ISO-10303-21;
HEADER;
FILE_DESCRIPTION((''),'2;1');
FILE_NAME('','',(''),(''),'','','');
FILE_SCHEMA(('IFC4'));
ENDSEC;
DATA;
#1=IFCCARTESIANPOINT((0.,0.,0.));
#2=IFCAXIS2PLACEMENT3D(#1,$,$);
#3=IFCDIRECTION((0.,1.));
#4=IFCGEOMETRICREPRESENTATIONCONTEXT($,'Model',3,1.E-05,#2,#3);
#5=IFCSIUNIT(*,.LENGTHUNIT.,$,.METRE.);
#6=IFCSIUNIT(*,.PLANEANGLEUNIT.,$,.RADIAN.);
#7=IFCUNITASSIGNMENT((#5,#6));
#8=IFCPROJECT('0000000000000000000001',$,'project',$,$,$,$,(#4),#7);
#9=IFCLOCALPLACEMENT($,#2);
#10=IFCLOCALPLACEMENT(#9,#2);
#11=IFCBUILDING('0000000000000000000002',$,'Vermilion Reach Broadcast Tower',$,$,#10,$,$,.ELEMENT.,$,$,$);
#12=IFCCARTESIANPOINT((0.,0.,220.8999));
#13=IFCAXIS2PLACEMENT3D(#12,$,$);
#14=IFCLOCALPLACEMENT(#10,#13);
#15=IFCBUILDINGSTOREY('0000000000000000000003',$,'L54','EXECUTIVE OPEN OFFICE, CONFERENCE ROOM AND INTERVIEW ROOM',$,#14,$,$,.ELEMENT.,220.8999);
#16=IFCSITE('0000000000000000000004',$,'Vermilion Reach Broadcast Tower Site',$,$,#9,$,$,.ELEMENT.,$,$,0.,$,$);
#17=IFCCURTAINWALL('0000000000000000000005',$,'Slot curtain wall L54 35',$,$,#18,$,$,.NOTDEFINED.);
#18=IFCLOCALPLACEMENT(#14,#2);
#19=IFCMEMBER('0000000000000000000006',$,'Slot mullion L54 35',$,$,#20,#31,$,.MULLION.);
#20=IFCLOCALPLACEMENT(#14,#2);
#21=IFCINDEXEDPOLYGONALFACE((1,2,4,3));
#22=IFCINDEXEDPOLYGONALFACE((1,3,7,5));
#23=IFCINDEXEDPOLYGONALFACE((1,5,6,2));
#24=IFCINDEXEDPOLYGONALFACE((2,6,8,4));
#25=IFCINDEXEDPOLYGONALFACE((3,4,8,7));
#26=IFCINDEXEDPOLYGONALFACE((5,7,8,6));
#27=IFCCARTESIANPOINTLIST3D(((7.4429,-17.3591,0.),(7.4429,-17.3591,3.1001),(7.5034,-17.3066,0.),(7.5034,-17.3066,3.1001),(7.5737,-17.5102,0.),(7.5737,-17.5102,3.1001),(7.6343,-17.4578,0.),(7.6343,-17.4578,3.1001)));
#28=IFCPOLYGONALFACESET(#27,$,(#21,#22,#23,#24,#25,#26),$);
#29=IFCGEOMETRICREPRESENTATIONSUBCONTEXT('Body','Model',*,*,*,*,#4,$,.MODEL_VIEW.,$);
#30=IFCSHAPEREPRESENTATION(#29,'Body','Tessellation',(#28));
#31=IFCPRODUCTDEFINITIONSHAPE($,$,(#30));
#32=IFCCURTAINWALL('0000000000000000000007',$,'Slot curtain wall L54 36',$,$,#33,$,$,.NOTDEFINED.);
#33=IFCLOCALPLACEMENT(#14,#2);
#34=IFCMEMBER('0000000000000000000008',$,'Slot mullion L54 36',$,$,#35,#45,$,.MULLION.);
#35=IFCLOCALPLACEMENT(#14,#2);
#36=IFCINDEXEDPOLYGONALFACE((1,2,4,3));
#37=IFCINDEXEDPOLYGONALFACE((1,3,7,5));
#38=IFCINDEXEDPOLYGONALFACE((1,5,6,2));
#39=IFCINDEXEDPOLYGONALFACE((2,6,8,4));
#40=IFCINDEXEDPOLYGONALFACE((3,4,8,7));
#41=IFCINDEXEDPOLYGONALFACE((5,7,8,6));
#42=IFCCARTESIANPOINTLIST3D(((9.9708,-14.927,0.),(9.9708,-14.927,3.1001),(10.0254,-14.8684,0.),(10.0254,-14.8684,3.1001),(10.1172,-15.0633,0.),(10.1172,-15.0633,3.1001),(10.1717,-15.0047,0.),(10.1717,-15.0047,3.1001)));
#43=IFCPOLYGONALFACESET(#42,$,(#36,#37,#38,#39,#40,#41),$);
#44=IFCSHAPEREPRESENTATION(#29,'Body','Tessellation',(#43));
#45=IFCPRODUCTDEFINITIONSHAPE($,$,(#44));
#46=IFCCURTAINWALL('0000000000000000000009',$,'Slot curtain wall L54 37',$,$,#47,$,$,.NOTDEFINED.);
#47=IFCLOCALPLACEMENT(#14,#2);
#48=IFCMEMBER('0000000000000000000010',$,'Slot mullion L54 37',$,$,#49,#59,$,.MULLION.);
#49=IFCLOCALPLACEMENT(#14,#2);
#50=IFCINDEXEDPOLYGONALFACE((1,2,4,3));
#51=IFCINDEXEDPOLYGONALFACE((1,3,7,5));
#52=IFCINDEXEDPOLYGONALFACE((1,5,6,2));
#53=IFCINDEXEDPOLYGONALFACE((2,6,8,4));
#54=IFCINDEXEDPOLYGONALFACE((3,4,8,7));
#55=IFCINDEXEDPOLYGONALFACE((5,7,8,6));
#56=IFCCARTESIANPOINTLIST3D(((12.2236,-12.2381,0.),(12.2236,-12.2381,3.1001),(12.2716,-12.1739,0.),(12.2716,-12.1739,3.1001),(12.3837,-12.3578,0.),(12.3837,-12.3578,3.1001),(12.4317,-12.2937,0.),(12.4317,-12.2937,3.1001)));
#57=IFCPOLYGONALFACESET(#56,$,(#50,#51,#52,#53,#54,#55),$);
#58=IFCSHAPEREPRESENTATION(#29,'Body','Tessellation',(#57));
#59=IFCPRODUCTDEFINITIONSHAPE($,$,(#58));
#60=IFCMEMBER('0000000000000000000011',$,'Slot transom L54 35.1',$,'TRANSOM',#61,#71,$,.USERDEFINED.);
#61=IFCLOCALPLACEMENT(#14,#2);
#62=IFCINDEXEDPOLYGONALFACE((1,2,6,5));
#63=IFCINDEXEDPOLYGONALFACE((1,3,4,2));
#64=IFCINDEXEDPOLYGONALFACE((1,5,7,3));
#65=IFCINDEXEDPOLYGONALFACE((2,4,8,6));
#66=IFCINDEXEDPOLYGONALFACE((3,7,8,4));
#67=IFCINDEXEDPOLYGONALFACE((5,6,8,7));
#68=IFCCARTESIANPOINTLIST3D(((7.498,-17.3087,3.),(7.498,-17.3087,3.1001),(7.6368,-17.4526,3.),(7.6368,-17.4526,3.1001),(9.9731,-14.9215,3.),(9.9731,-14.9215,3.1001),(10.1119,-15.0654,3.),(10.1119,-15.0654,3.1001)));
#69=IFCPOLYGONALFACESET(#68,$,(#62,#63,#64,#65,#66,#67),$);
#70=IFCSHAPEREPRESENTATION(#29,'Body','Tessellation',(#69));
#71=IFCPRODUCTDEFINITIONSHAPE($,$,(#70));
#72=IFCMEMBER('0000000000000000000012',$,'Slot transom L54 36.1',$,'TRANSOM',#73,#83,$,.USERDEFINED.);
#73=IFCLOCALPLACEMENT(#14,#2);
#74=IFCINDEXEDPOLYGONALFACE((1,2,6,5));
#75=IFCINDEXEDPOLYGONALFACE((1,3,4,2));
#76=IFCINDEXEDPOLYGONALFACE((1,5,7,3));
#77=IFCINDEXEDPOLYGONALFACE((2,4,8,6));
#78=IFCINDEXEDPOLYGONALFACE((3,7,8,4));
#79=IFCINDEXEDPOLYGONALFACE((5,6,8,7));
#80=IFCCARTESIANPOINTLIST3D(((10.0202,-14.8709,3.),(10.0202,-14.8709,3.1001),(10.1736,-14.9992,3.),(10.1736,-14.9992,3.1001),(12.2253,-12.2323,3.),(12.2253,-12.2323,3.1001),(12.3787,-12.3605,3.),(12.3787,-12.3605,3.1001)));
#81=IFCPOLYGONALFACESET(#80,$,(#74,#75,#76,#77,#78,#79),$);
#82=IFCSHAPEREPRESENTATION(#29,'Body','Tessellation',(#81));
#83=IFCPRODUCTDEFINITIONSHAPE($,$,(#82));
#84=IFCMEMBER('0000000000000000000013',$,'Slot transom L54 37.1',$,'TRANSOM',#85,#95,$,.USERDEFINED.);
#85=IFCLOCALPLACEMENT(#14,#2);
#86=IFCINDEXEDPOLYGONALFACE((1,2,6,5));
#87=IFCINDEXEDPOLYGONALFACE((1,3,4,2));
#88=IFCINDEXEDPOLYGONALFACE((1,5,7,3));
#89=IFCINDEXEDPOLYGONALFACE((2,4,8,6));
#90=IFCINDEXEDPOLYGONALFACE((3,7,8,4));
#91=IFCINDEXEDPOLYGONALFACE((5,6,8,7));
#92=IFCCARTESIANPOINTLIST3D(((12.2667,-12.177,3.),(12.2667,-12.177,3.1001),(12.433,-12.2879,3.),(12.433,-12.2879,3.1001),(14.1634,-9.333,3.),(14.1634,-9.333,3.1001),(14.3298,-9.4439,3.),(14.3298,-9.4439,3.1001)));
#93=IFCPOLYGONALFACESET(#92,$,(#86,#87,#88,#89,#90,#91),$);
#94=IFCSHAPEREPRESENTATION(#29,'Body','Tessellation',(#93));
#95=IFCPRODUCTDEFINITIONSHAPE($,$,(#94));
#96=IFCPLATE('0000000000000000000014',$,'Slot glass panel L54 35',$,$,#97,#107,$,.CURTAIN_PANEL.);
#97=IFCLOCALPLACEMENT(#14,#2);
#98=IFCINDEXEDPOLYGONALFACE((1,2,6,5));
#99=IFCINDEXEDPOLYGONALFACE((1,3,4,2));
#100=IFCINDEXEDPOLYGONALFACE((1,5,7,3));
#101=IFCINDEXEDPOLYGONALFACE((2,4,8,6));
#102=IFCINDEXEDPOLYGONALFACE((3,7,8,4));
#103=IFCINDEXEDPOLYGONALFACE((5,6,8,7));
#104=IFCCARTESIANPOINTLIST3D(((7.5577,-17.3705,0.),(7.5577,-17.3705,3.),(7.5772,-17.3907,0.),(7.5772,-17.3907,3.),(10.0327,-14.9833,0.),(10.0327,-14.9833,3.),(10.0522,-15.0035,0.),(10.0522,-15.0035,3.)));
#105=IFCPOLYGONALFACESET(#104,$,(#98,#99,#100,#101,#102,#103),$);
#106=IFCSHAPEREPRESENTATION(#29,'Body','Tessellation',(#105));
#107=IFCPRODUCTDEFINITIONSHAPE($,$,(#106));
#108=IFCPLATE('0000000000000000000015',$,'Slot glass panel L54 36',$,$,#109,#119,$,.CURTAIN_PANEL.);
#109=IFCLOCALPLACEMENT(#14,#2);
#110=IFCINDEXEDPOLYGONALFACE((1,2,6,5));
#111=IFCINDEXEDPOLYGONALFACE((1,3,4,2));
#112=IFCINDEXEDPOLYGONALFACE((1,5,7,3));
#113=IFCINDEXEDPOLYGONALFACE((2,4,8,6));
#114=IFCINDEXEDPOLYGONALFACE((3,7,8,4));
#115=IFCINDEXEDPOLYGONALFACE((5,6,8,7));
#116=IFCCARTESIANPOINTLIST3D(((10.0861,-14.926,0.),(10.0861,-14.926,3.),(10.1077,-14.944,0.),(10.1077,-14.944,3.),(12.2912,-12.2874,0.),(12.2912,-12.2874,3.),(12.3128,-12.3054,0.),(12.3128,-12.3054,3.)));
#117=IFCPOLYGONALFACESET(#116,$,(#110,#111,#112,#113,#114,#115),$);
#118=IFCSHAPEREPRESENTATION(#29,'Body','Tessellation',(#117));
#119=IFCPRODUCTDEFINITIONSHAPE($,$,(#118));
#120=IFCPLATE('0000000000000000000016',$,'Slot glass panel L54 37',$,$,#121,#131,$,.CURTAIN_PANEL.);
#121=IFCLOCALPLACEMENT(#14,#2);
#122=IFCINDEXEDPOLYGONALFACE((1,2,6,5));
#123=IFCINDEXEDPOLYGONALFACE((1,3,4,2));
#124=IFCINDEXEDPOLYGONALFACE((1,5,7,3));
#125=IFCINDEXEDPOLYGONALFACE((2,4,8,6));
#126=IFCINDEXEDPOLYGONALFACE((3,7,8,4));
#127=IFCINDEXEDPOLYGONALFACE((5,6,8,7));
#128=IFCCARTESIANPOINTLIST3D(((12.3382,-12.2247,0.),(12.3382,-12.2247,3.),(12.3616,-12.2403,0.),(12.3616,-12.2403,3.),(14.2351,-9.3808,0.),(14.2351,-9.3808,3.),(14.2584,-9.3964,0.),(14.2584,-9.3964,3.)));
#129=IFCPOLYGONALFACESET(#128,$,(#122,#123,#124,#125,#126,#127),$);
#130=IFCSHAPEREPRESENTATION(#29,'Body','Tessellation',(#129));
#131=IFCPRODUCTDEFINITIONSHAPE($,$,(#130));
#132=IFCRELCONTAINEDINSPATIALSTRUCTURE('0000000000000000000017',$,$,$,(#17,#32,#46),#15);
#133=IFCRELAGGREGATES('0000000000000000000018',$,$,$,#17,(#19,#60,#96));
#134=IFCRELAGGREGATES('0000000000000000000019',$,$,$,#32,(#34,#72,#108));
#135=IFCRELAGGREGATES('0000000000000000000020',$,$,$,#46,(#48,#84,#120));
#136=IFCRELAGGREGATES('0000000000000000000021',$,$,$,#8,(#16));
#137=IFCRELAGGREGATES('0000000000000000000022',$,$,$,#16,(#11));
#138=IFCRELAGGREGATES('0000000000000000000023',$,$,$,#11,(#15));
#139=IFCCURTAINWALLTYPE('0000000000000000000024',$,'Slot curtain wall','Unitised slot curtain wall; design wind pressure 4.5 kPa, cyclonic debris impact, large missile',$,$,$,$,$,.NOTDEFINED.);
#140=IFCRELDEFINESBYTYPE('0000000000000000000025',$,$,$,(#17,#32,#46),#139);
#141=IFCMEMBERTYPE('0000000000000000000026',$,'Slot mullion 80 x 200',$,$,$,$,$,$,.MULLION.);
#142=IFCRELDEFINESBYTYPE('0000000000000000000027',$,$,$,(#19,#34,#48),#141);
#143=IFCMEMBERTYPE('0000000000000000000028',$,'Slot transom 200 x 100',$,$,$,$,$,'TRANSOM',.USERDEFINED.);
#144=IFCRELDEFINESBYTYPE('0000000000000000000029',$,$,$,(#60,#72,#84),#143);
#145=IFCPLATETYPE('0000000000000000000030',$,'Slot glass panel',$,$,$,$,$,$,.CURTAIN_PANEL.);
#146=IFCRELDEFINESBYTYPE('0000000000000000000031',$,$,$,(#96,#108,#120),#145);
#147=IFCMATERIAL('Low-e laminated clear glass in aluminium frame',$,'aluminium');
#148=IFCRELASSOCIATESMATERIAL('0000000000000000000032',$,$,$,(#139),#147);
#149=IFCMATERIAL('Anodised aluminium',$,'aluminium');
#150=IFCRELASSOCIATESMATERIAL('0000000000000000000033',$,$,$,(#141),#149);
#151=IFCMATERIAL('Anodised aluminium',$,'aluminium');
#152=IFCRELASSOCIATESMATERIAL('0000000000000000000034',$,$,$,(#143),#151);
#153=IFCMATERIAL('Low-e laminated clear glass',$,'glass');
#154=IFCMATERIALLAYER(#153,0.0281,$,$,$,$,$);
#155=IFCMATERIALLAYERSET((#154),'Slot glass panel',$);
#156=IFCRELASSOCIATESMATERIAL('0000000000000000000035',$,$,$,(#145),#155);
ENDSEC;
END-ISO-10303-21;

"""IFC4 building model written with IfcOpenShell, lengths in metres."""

from ifc_helpers import new_model, si_unit, direction, frame, origin, origin_2d, place, context, subcontext, project, spatial, rectangle, extrude, material, layer, layer_set, material_profile, profile_set, type_object, element, aggregate, save


model = new_model("IFC4")

# Units and contexts
model_context = context("Model", 3, precision=1e-05, world=origin(), true_north=direction((0.0, 1.0)))
body_context = subcontext(model_context, "Body", "Model", "MODEL_VIEW")
ifc_project = project(units=[si_unit("LENGTHUNIT", "METRE"), si_unit("PLANEANGLEUNIT", "RADIAN")], contexts=[model_context])

# Site, building, storey
site_placement = place(None, origin())
site = spatial("IfcSite", under=ifc_project, at=site_placement, Name="Vermilion Reach Broadcast Tower Site", CompositionType="ELEMENT", RefElevation=0.0)
building_placement = place(site_placement, origin())
building = spatial("IfcBuilding", under=site, at=building_placement, Name="Vermilion Reach Broadcast Tower", CompositionType="ELEMENT")
storey_placement = place(building_placement, frame((0.0, 0.0, 220.8999)))
storey = spatial("IfcBuildingStorey", under=building, at=storey_placement, Name="L54", Description="EXECUTIVE OPEN OFFICE, CONFERENCE ROOM AND INTERVIEW ROOM", CompositionType="ELEMENT", Elevation=220.8999)

# Curtain walls, members
ifc_material_1 = material(Name="Low-e laminated clear glass in aluminium frame", Category="aluminium")
curtain_wall_type = type_object("IfcCurtainWallType", Name="Slot curtain wall", Description="Unitised slot curtain wall; design wind pressure 4.5 kPa, cyclonic debris impact, large missile", PredefinedType="NOTDEFINED", material=ifc_material_1)
placement = place(storey_placement, origin())
curtain_wall_1 = element("IfcCurtainWall", 1, at=placement, inside=storey, type_object=curtain_wall_type, Name="Slot curtain wall L54 35", PredefinedType="NOTDEFINED")
ifc_material_2 = material(Name="Anodised aluminium", Category="aluminium")
ifc_material_profile_1 = material_profile(ifc_material_2, rectangle(XDim=0.2, YDim=0.0801, at=origin_2d()), Name="Slot mullion 80 x 200")
ifc_profile_set_1 = profile_set([ifc_material_profile_1], Name="Anodised aluminium")
member_type_1 = type_object("IfcMemberType", Name="Slot mullion 80 x 200", PredefinedType="MULLION", material=ifc_profile_set_1)
member_1_placement = place(storey_placement, frame((7.5386, -17.4084, 0.0), z_axis=(0.0, 0.0, 1.0), x_axis=(-0.654399, 0.75615, 0.0)))
member_1 = element("IfcMember", 2, at=member_1_placement, type_object=member_type_1, Name="Slot mullion L54 35", PredefinedType="MULLION", context=body_context, shape_type="SweptSolid", body=[
    extrude(rectangle(XDim=0.2, YDim=0.0801, at=origin_2d()), origin(), (0.0, 0.0, 1.0), 3.1001),
])
curtain_wall_2 = element("IfcCurtainWall", 3, at=placement, inside=storey, type_object=curtain_wall_type, Name="Slot curtain wall L54 36", PredefinedType="NOTDEFINED")
member_2_placement = place(storey_placement, frame((10.0713, -14.9658, 0.0), z_axis=(0.0, 0.0, 1.0), x_axis=(-0.73183, 0.681488, 0.0)))
member_2 = element("IfcMember", 4, at=member_2_placement, type_object=member_type_1, Name="Slot mullion L54 36", PredefinedType="MULLION", context=body_context, shape_type="SweptSolid", body=[
    extrude(rectangle(XDim=0.2, YDim=0.0801, at=origin_2d()), origin(), (0.0, 0.0, 1.0), 3.1001),
])
curtain_wall_3 = element("IfcCurtainWall", 5, at=placement, inside=storey, type_object=curtain_wall_type, Name="Slot curtain wall L54 37", PredefinedType="NOTDEFINED")
member_3_placement = place(storey_placement, frame((12.3276, -12.2659, 0.0), z_axis=(0.0, 0.0, 1.0), x_axis=(-0.800793, 0.598941, 0.0)))
member_3 = element("IfcMember", 6, at=member_3_placement, type_object=member_type_1, Name="Slot mullion L54 37", PredefinedType="MULLION", context=body_context, shape_type="SweptSolid", body=[
    extrude(rectangle(XDim=0.2, YDim=0.0801, at=origin_2d()), origin(), (0.0, 0.0, 1.0), 3.1001),
])

# Members
ifc_material_3 = material(Name="Anodised aluminium", Category="aluminium")
ifc_material_profile_2 = material_profile(ifc_material_3, rectangle(XDim=0.2, YDim=0.1001, at=origin_2d()), Name="Slot transom 200 x 100")
ifc_profile_set_2 = profile_set([ifc_material_profile_2], Name="Anodised aluminium")
member_type_2 = type_object("IfcMemberType", Name="Slot transom 200 x 100", ElementType="TRANSOM", PredefinedType="USERDEFINED", material=ifc_profile_set_2)
member_4_placement = place(storey_placement, frame((7.5674, -17.3806, 3.05), z_axis=(0.719771, 0.694212, 0.0), x_axis=(-0.694212, 0.719771, 0.0)))
member_4 = element("IfcMember", 7, at=member_4_placement, type_object=member_type_2, Name="Slot transom L54 35.1", ObjectType="TRANSOM", PredefinedType="USERDEFINED", context=body_context, shape_type="SweptSolid", body=[
    extrude(rectangle(XDim=0.2, YDim=0.1001, at=origin_2d()), origin(), (0.0, 0.0, 1.0), 3.4387),
])
member_5_placement = place(storey_placement, frame((10.0969, -14.9351, 3.05), z_axis=(0.641245, 0.767336, 0.0), x_axis=(-0.767336, 0.641245, 0.0)))
member_5 = element("IfcMember", 8, at=member_5_placement, type_object=member_type_2, Name="Slot transom L54 36.1", ObjectType="TRANSOM", PredefinedType="USERDEFINED", context=body_context, shape_type="SweptSolid", body=[
    extrude(rectangle(XDim=0.2, YDim=0.1001, at=origin_2d()), origin(), (0.0, 0.0, 1.0), 3.4387),
])
member_6_placement = place(storey_placement, frame((12.3499, -12.2324, 3.05), z_axis=(0.554849, 0.831951, 0.0), x_axis=(-0.831951, 0.554849, 0.0)))
member_6 = element("IfcMember", 9, at=member_6_placement, type_object=member_type_2, Name="Slot transom L54 37.1", ObjectType="TRANSOM", PredefinedType="USERDEFINED", context=body_context, shape_type="SweptSolid", body=[
    extrude(rectangle(XDim=0.2, YDim=0.1001, at=origin_2d()), origin(), (0.0, 0.0, 1.0), 3.4185),
])

# Plates
ifc_material_4 = material(Name="Low-e laminated clear glass", Category="glass")
ifc_layer_1 = layer(ifc_material_4, 0.0281)
ifc_layer_set_1 = layer_set([ifc_layer_1], Name="Slot glass panel")
plate_type = type_object("IfcPlateType", Name="Slot glass panel", PredefinedType="CURTAIN_PANEL", material=ifc_layer_set_1)
plate_1_placement = place(storey_placement, frame((8.8049, -16.187, 0.0), z_axis=(0.0, 0.0, 1.0), x_axis=(0.719756, 0.694227, 0.0)))
plate_1 = element("IfcPlate", 10, at=plate_1_placement, type_object=plate_type, Name="Slot glass panel L54 35", PredefinedType="CURTAIN_PANEL", context=body_context, shape_type="SweptSolid", body=[
    extrude(rectangle(XDim=3.4387, YDim=0.0281, at=origin_2d()), origin(), (0.0, 0.0, 1.0), 3.0),
])
aggregate(curtain_wall_1, [member_1, member_4, plate_1])
plate_2_placement = place(storey_placement, frame((11.1995, -13.6157, 0.0), z_axis=(0.0, 0.0, 1.0), x_axis=(0.641258, 0.767325, 0.0)))
plate_2 = element("IfcPlate", 11, at=plate_2_placement, type_object=plate_type, Name="Slot glass panel L54 36", PredefinedType="CURTAIN_PANEL", context=body_context, shape_type="SweptSolid", body=[
    extrude(rectangle(XDim=3.4387, YDim=0.0281, at=origin_2d()), origin(), (0.0, 0.0, 1.0), 3.0),
])
aggregate(curtain_wall_2, [member_2, member_5, plate_2])
plate_3_placement = place(storey_placement, frame((13.2983, -10.8105, 0.0), z_axis=(0.0, 0.0, 1.0), x_axis=(0.55488, 0.83193, 0.0)))
plate_3 = element("IfcPlate", 12, at=plate_3_placement, type_object=plate_type, Name="Slot glass panel L54 37", PredefinedType="CURTAIN_PANEL", context=body_context, shape_type="SweptSolid", body=[
    extrude(rectangle(XDim=3.4185, YDim=0.0281, at=origin_2d()), origin(), (0.0, 0.0, 1.0), 3.0),
])
aggregate(curtain_wall_3, [member_3, member_6, plate_3])

save(model, "model.ifc")
